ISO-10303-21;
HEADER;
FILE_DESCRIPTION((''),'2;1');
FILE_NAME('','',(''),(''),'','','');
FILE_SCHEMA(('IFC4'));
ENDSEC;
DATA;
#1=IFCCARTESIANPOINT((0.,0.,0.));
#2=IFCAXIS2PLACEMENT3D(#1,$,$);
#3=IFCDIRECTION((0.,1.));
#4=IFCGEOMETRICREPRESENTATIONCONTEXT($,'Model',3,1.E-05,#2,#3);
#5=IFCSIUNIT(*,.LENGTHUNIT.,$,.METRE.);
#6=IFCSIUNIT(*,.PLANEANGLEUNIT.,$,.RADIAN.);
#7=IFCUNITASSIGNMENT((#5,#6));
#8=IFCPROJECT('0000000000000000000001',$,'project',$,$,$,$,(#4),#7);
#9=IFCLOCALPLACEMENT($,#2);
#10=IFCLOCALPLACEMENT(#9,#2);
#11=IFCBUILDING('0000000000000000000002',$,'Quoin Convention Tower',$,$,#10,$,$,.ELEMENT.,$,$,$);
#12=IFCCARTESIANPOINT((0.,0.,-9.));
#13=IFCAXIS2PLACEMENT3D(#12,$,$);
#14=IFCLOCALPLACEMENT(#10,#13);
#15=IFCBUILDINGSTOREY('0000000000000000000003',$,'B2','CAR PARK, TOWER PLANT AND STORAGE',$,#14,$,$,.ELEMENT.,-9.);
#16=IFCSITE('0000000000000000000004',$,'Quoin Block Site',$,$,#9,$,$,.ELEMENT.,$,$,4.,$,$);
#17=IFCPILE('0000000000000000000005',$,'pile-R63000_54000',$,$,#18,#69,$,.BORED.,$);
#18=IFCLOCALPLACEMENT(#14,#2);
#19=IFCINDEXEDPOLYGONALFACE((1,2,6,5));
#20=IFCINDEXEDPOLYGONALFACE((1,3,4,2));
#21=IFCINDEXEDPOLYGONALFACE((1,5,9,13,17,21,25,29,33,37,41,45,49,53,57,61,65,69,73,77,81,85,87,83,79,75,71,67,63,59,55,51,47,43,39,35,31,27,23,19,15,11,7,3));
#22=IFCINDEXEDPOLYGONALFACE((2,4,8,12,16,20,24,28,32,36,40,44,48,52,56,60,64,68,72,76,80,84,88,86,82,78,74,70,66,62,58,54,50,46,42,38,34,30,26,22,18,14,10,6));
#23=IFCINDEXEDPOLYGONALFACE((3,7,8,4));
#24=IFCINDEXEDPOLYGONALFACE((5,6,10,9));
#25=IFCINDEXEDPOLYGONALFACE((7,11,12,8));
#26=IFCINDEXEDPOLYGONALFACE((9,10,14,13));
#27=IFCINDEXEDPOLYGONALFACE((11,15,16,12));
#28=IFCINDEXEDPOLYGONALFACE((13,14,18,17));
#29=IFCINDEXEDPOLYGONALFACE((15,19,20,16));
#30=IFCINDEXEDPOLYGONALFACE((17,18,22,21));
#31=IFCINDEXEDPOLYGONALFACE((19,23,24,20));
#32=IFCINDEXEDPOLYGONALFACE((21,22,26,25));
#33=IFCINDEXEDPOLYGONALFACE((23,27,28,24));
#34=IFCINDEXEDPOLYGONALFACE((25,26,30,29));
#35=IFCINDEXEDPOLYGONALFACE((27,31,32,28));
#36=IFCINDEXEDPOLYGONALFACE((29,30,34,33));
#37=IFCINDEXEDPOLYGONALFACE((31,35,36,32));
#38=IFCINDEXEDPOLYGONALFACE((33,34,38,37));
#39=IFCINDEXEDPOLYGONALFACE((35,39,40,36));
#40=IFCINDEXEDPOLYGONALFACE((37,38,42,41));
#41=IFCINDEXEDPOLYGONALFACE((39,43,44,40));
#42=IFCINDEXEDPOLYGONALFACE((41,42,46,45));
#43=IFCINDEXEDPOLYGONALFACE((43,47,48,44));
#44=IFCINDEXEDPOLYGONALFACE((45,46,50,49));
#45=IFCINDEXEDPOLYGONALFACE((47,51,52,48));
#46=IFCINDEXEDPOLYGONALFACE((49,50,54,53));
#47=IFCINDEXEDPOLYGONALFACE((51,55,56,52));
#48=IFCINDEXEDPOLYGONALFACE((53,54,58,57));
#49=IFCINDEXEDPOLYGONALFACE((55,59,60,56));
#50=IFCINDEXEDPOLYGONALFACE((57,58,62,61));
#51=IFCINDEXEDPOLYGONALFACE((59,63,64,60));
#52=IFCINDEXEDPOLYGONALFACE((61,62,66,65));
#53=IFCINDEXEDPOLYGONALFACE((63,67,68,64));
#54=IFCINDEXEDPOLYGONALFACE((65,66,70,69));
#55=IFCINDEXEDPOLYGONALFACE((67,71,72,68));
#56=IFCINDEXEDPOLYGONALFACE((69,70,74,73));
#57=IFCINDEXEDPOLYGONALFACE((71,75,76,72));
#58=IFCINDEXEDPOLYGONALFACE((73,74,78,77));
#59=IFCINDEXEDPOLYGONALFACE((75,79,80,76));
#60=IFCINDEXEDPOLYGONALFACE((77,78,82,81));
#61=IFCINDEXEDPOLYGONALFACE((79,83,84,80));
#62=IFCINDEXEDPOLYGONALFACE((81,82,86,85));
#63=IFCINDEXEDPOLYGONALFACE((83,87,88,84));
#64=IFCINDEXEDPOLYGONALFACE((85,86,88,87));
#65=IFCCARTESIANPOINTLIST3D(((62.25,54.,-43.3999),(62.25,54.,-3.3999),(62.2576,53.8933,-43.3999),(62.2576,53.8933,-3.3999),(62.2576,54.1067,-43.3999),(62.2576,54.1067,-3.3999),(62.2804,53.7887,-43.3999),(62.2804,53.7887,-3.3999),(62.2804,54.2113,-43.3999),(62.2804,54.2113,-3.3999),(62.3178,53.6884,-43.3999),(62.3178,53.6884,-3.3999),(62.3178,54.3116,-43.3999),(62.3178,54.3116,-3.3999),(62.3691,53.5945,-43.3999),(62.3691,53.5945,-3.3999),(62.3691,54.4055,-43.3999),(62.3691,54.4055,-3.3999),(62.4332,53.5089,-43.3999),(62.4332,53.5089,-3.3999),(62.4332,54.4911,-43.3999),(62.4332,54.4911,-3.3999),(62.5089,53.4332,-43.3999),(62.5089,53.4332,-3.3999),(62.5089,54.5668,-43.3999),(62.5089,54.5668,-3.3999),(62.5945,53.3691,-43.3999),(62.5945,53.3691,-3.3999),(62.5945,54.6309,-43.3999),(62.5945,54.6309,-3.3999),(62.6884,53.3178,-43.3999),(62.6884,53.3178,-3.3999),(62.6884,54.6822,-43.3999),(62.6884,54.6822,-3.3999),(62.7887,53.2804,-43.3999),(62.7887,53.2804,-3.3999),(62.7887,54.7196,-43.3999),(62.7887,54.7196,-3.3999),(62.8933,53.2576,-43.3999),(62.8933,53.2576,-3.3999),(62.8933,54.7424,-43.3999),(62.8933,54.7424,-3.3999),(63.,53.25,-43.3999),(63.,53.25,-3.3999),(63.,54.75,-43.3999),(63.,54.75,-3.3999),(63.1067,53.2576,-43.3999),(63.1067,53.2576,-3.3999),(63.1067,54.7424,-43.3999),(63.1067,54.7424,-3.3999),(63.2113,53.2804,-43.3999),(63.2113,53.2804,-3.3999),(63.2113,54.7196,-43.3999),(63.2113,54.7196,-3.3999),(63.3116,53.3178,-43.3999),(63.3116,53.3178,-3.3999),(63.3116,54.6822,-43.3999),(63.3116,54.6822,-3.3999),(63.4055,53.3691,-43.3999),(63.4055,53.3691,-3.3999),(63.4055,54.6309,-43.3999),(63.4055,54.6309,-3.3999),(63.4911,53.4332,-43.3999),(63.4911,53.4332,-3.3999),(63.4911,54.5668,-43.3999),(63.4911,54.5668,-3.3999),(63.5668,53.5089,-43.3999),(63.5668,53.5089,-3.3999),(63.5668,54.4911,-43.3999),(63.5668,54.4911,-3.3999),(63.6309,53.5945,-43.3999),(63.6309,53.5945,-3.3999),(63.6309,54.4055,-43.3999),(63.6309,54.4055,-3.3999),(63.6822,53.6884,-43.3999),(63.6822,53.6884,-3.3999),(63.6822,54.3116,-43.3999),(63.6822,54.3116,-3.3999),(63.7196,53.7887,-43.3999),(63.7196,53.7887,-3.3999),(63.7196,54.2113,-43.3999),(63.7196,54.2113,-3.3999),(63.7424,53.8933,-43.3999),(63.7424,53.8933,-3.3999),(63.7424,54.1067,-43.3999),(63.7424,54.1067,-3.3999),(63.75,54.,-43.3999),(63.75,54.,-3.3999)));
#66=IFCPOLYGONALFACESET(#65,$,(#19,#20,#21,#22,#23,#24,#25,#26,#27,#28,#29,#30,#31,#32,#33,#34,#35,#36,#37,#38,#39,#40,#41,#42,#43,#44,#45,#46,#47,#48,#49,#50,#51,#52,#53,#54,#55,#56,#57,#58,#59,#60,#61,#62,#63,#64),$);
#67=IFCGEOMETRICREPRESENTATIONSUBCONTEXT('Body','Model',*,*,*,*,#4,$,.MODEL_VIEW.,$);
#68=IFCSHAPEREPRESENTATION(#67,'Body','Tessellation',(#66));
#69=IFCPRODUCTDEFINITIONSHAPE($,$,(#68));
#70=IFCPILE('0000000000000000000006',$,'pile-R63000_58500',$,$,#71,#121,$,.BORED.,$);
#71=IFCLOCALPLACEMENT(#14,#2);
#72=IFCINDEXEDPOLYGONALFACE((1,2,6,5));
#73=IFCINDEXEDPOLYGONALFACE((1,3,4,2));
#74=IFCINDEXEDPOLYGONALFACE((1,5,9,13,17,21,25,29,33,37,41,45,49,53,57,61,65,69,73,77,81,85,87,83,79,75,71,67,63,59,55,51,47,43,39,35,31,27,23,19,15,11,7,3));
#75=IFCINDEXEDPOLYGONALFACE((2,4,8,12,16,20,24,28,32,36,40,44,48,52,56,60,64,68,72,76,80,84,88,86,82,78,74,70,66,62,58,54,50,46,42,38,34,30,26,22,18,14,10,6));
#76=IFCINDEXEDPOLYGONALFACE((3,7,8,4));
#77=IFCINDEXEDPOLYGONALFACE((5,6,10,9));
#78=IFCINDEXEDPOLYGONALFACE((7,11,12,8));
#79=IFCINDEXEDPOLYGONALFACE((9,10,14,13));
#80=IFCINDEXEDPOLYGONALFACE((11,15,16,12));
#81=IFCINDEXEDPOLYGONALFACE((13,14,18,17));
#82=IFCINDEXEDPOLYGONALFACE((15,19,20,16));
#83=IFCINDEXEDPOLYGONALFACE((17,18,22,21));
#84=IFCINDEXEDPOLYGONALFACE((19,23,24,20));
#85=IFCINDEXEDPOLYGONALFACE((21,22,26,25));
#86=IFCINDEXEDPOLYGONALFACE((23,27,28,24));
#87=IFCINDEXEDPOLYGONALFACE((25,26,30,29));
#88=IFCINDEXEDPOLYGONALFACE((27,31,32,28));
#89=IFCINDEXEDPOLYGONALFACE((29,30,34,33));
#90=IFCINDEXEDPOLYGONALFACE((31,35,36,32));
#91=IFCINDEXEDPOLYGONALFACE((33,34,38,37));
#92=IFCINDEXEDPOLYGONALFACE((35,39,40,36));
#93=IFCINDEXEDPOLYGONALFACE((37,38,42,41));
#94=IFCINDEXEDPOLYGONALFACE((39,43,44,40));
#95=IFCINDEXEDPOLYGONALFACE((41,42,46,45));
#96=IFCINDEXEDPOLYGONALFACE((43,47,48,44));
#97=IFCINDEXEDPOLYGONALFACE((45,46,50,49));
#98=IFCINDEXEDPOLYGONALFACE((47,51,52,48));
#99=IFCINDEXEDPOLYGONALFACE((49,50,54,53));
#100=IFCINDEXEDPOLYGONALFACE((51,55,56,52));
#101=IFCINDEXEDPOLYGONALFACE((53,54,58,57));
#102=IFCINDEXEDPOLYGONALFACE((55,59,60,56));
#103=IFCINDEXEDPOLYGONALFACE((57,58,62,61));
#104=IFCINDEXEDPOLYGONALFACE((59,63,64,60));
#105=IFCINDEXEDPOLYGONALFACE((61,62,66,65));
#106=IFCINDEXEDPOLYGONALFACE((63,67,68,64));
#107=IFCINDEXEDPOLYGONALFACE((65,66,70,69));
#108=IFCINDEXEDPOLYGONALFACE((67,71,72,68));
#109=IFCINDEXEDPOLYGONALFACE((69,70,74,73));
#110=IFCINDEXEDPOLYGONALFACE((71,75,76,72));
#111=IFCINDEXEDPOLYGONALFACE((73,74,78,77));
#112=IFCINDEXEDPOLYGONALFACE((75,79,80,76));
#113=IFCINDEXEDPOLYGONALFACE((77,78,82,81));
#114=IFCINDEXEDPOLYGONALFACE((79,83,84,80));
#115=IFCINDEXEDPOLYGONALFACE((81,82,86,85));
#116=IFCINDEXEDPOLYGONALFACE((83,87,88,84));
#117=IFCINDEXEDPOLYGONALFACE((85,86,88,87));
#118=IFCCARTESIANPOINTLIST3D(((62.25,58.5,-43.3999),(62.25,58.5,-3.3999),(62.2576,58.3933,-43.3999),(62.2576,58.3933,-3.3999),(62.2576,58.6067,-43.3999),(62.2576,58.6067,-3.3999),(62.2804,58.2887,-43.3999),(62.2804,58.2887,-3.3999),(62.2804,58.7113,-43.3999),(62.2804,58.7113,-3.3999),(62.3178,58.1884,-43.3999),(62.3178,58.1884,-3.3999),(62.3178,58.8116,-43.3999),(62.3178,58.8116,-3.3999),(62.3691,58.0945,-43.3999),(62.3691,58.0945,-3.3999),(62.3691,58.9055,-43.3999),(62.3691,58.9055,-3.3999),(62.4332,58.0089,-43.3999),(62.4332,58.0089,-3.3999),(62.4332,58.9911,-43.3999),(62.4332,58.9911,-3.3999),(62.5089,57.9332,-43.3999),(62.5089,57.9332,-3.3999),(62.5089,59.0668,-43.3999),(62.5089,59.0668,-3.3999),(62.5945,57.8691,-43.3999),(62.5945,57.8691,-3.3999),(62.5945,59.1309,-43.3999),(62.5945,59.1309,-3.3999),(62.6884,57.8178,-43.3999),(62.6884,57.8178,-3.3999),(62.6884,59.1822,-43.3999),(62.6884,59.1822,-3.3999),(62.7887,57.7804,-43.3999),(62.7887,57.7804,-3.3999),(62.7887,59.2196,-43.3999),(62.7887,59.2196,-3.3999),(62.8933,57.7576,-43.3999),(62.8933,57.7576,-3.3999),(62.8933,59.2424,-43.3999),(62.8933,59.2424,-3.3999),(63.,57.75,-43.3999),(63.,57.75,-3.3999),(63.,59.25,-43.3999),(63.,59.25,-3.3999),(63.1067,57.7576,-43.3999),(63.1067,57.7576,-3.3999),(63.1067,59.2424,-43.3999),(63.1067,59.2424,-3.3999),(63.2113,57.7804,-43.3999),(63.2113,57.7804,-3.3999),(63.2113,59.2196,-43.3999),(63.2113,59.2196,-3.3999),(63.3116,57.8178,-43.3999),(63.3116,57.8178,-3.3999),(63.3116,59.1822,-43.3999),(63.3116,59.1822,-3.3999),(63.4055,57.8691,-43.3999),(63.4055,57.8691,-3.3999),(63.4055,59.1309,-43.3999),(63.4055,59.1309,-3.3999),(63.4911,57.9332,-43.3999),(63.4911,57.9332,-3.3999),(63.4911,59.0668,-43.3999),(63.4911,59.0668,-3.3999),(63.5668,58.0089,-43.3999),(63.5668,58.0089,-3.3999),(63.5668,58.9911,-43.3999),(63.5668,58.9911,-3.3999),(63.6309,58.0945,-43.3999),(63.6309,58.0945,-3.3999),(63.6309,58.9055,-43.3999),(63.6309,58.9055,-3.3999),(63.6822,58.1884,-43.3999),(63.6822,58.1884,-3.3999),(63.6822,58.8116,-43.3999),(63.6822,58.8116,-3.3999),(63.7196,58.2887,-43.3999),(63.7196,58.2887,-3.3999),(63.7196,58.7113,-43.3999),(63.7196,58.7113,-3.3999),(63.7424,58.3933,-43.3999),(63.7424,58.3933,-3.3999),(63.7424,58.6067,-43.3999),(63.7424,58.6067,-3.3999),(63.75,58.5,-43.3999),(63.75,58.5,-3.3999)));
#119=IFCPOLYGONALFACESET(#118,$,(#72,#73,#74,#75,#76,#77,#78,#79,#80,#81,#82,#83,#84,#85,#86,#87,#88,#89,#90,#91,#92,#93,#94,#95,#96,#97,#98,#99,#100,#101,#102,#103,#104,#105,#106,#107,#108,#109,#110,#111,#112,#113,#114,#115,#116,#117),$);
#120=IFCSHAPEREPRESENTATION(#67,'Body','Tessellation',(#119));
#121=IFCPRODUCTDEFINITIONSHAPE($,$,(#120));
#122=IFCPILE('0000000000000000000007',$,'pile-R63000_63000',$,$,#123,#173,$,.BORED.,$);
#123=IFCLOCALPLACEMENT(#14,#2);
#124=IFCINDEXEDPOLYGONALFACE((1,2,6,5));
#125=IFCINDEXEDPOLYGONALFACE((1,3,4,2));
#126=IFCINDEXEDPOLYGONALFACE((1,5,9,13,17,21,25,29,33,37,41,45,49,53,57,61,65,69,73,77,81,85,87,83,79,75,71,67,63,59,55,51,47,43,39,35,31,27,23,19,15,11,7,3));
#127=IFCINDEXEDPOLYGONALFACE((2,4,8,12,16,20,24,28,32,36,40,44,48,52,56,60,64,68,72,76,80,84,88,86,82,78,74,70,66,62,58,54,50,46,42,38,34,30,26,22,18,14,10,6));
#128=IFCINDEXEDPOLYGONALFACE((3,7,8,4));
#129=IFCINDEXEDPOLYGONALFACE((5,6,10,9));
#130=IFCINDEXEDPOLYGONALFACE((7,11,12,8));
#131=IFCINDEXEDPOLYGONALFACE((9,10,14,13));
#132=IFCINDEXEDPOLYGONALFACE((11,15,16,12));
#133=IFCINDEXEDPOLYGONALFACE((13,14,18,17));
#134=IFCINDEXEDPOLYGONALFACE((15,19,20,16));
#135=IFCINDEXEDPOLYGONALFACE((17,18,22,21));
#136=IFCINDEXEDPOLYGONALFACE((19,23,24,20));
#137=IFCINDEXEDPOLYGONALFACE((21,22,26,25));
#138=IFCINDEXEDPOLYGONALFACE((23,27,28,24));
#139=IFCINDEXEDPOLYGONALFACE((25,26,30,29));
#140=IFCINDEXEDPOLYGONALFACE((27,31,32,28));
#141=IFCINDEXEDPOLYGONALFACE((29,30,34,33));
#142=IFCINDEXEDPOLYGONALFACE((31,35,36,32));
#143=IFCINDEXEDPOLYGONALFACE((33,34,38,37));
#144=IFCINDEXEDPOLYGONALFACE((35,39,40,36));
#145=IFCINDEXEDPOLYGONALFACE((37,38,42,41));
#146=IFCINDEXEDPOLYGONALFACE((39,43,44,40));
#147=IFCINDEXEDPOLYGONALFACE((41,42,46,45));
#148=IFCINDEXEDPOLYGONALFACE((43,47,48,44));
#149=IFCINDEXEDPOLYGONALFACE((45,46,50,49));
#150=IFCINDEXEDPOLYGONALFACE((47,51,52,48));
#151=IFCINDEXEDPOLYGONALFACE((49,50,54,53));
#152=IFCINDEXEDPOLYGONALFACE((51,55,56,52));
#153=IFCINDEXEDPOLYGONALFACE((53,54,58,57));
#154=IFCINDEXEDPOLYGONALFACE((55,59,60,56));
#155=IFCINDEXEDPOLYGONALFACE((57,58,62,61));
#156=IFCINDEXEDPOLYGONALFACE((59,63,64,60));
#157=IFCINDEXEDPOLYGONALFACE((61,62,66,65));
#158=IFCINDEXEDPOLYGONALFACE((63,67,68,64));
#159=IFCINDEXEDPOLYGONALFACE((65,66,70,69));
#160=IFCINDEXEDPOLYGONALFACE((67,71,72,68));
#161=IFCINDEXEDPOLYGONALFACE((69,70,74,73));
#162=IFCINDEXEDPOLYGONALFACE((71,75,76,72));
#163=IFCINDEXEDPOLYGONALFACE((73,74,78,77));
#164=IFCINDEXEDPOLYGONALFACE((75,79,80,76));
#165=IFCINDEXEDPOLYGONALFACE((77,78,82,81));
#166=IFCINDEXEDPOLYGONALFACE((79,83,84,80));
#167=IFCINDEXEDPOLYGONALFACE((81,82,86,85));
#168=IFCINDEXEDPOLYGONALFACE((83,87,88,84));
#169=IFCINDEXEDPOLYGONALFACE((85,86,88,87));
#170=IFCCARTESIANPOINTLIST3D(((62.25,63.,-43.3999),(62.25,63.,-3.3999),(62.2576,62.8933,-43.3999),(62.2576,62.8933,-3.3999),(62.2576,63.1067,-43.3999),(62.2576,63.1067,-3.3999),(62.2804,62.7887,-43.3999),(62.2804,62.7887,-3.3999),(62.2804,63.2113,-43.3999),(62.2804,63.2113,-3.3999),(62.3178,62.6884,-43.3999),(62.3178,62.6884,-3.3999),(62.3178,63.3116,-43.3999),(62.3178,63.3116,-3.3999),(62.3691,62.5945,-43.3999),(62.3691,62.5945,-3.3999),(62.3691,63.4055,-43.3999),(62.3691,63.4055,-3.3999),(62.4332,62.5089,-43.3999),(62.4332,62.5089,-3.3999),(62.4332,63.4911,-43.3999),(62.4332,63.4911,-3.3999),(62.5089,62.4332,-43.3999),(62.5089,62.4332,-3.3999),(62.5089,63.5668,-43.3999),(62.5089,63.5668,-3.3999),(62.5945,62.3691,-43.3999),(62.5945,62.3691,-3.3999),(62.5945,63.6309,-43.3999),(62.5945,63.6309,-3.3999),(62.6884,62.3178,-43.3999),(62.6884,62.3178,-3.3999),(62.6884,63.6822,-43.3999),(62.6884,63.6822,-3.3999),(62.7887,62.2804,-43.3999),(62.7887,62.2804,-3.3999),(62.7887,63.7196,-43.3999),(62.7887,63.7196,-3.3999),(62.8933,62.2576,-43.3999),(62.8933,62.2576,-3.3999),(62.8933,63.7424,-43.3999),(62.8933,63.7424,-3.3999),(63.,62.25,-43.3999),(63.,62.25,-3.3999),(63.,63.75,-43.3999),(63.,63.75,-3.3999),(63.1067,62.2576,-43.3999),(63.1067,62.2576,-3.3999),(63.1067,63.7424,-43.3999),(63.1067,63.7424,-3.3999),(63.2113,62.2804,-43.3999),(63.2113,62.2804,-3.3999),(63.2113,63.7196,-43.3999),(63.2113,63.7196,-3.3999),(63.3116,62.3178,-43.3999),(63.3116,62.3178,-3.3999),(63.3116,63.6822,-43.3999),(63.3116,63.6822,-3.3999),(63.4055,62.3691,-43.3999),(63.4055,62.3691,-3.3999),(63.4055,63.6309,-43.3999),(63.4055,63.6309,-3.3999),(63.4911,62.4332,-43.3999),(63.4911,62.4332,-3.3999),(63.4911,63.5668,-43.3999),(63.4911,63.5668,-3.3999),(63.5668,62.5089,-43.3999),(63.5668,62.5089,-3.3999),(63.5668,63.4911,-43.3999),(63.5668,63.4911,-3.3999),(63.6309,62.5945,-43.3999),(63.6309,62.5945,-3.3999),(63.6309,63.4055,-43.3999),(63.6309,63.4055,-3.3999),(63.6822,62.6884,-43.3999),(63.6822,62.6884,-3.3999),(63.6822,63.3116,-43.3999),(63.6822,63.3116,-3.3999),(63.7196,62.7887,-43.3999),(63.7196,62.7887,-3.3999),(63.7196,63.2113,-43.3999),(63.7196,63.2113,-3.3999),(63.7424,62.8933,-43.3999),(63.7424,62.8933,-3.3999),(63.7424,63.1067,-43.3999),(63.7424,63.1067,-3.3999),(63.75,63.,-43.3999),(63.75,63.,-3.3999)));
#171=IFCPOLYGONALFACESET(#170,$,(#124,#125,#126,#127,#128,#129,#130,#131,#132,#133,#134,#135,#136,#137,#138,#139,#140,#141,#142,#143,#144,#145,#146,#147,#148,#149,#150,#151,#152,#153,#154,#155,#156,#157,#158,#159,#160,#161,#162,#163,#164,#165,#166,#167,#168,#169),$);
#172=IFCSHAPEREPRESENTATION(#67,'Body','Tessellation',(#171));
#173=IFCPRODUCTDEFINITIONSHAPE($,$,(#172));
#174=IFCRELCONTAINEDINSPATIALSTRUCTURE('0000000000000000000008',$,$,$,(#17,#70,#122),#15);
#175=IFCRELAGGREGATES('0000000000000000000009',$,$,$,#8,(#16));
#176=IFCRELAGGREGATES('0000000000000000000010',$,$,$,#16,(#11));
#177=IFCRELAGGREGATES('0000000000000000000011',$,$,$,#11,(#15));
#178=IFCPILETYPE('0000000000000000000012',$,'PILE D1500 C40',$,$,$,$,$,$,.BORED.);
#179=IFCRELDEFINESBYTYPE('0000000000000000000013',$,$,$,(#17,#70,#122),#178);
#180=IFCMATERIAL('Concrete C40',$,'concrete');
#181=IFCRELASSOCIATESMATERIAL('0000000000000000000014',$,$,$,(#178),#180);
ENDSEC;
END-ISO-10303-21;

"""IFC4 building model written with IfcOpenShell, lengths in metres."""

from ifc_helpers import new_model, si_unit, direction, frame, origin, origin_2d, place, context, subcontext, project, spatial, circle, extrude, material, material_profile, profile_set, type_object, element, save


model = new_model("IFC4")

# Units and contexts
model_context = context("Model", 3, precision=1e-05, world=origin(), true_north=direction((0.0, 1.0)))
body_context = subcontext(model_context, "Body", "Model", "MODEL_VIEW")
ifc_project = project(units=[si_unit("LENGTHUNIT", "METRE"), si_unit("PLANEANGLEUNIT", "RADIAN")], contexts=[model_context])

# Site, building, storey
site_placement = place(None, origin())
site = spatial("IfcSite", under=ifc_project, at=site_placement, Name="Quoin Block Site", CompositionType="ELEMENT", RefElevation=4.0)
building_placement = place(site_placement, origin())
building = spatial("IfcBuilding", under=site, at=building_placement, Name="Quoin Convention Tower", CompositionType="ELEMENT")
storey_placement = place(building_placement, frame((0.0, 0.0, -9.0)))
storey = spatial("IfcBuildingStorey", under=building, at=storey_placement, Name="B2", Description="CAR PARK, TOWER PLANT AND STORAGE", CompositionType="ELEMENT", Elevation=-9.0)

# Piles
ifc_material_1 = material(Name="Concrete C40", Category="concrete")
ifc_material_profile = material_profile(ifc_material_1, circle(Radius=0.75, at=origin_2d()), Name="D1500")
ifc_profile_set = profile_set([ifc_material_profile], Name="Concrete C40")
pile_type = type_object("IfcPileType", Name="PILE D1500 C40", PredefinedType="BORED", material=ifc_profile_set)
for number, where, z_axis, x_axis, name in (
    (1, (63.0, 54.0, -3.3999), (0.0, 0.0, -1.0), (1.0, 0.0, 0.0), "pile-R63000_54000"),
    (2, (63.0, 58.5, -3.3999), (0.0, 0.0, -1.0), (1.0, 0.0, 0.0), "pile-R63000_58500"),
    (3, (63.0, 63.0, -3.3999), (0.0, 0.0, -1.0), (1.0, 0.0, 0.0), "pile-R63000_63000"),
):
    element("IfcPile", number, at=place(storey_placement, frame(where, z_axis=z_axis, x_axis=x_axis)), inside=storey, type_object=pile_type, Name=name, PredefinedType="BORED", context=body_context, shape_type="SweptSolid", body=[
        extrude(circle(Radius=0.75, at=origin_2d()), origin(), (0.0, 0.0, 1.0), 40.0),
    ])

save(model, "model.ifc")
